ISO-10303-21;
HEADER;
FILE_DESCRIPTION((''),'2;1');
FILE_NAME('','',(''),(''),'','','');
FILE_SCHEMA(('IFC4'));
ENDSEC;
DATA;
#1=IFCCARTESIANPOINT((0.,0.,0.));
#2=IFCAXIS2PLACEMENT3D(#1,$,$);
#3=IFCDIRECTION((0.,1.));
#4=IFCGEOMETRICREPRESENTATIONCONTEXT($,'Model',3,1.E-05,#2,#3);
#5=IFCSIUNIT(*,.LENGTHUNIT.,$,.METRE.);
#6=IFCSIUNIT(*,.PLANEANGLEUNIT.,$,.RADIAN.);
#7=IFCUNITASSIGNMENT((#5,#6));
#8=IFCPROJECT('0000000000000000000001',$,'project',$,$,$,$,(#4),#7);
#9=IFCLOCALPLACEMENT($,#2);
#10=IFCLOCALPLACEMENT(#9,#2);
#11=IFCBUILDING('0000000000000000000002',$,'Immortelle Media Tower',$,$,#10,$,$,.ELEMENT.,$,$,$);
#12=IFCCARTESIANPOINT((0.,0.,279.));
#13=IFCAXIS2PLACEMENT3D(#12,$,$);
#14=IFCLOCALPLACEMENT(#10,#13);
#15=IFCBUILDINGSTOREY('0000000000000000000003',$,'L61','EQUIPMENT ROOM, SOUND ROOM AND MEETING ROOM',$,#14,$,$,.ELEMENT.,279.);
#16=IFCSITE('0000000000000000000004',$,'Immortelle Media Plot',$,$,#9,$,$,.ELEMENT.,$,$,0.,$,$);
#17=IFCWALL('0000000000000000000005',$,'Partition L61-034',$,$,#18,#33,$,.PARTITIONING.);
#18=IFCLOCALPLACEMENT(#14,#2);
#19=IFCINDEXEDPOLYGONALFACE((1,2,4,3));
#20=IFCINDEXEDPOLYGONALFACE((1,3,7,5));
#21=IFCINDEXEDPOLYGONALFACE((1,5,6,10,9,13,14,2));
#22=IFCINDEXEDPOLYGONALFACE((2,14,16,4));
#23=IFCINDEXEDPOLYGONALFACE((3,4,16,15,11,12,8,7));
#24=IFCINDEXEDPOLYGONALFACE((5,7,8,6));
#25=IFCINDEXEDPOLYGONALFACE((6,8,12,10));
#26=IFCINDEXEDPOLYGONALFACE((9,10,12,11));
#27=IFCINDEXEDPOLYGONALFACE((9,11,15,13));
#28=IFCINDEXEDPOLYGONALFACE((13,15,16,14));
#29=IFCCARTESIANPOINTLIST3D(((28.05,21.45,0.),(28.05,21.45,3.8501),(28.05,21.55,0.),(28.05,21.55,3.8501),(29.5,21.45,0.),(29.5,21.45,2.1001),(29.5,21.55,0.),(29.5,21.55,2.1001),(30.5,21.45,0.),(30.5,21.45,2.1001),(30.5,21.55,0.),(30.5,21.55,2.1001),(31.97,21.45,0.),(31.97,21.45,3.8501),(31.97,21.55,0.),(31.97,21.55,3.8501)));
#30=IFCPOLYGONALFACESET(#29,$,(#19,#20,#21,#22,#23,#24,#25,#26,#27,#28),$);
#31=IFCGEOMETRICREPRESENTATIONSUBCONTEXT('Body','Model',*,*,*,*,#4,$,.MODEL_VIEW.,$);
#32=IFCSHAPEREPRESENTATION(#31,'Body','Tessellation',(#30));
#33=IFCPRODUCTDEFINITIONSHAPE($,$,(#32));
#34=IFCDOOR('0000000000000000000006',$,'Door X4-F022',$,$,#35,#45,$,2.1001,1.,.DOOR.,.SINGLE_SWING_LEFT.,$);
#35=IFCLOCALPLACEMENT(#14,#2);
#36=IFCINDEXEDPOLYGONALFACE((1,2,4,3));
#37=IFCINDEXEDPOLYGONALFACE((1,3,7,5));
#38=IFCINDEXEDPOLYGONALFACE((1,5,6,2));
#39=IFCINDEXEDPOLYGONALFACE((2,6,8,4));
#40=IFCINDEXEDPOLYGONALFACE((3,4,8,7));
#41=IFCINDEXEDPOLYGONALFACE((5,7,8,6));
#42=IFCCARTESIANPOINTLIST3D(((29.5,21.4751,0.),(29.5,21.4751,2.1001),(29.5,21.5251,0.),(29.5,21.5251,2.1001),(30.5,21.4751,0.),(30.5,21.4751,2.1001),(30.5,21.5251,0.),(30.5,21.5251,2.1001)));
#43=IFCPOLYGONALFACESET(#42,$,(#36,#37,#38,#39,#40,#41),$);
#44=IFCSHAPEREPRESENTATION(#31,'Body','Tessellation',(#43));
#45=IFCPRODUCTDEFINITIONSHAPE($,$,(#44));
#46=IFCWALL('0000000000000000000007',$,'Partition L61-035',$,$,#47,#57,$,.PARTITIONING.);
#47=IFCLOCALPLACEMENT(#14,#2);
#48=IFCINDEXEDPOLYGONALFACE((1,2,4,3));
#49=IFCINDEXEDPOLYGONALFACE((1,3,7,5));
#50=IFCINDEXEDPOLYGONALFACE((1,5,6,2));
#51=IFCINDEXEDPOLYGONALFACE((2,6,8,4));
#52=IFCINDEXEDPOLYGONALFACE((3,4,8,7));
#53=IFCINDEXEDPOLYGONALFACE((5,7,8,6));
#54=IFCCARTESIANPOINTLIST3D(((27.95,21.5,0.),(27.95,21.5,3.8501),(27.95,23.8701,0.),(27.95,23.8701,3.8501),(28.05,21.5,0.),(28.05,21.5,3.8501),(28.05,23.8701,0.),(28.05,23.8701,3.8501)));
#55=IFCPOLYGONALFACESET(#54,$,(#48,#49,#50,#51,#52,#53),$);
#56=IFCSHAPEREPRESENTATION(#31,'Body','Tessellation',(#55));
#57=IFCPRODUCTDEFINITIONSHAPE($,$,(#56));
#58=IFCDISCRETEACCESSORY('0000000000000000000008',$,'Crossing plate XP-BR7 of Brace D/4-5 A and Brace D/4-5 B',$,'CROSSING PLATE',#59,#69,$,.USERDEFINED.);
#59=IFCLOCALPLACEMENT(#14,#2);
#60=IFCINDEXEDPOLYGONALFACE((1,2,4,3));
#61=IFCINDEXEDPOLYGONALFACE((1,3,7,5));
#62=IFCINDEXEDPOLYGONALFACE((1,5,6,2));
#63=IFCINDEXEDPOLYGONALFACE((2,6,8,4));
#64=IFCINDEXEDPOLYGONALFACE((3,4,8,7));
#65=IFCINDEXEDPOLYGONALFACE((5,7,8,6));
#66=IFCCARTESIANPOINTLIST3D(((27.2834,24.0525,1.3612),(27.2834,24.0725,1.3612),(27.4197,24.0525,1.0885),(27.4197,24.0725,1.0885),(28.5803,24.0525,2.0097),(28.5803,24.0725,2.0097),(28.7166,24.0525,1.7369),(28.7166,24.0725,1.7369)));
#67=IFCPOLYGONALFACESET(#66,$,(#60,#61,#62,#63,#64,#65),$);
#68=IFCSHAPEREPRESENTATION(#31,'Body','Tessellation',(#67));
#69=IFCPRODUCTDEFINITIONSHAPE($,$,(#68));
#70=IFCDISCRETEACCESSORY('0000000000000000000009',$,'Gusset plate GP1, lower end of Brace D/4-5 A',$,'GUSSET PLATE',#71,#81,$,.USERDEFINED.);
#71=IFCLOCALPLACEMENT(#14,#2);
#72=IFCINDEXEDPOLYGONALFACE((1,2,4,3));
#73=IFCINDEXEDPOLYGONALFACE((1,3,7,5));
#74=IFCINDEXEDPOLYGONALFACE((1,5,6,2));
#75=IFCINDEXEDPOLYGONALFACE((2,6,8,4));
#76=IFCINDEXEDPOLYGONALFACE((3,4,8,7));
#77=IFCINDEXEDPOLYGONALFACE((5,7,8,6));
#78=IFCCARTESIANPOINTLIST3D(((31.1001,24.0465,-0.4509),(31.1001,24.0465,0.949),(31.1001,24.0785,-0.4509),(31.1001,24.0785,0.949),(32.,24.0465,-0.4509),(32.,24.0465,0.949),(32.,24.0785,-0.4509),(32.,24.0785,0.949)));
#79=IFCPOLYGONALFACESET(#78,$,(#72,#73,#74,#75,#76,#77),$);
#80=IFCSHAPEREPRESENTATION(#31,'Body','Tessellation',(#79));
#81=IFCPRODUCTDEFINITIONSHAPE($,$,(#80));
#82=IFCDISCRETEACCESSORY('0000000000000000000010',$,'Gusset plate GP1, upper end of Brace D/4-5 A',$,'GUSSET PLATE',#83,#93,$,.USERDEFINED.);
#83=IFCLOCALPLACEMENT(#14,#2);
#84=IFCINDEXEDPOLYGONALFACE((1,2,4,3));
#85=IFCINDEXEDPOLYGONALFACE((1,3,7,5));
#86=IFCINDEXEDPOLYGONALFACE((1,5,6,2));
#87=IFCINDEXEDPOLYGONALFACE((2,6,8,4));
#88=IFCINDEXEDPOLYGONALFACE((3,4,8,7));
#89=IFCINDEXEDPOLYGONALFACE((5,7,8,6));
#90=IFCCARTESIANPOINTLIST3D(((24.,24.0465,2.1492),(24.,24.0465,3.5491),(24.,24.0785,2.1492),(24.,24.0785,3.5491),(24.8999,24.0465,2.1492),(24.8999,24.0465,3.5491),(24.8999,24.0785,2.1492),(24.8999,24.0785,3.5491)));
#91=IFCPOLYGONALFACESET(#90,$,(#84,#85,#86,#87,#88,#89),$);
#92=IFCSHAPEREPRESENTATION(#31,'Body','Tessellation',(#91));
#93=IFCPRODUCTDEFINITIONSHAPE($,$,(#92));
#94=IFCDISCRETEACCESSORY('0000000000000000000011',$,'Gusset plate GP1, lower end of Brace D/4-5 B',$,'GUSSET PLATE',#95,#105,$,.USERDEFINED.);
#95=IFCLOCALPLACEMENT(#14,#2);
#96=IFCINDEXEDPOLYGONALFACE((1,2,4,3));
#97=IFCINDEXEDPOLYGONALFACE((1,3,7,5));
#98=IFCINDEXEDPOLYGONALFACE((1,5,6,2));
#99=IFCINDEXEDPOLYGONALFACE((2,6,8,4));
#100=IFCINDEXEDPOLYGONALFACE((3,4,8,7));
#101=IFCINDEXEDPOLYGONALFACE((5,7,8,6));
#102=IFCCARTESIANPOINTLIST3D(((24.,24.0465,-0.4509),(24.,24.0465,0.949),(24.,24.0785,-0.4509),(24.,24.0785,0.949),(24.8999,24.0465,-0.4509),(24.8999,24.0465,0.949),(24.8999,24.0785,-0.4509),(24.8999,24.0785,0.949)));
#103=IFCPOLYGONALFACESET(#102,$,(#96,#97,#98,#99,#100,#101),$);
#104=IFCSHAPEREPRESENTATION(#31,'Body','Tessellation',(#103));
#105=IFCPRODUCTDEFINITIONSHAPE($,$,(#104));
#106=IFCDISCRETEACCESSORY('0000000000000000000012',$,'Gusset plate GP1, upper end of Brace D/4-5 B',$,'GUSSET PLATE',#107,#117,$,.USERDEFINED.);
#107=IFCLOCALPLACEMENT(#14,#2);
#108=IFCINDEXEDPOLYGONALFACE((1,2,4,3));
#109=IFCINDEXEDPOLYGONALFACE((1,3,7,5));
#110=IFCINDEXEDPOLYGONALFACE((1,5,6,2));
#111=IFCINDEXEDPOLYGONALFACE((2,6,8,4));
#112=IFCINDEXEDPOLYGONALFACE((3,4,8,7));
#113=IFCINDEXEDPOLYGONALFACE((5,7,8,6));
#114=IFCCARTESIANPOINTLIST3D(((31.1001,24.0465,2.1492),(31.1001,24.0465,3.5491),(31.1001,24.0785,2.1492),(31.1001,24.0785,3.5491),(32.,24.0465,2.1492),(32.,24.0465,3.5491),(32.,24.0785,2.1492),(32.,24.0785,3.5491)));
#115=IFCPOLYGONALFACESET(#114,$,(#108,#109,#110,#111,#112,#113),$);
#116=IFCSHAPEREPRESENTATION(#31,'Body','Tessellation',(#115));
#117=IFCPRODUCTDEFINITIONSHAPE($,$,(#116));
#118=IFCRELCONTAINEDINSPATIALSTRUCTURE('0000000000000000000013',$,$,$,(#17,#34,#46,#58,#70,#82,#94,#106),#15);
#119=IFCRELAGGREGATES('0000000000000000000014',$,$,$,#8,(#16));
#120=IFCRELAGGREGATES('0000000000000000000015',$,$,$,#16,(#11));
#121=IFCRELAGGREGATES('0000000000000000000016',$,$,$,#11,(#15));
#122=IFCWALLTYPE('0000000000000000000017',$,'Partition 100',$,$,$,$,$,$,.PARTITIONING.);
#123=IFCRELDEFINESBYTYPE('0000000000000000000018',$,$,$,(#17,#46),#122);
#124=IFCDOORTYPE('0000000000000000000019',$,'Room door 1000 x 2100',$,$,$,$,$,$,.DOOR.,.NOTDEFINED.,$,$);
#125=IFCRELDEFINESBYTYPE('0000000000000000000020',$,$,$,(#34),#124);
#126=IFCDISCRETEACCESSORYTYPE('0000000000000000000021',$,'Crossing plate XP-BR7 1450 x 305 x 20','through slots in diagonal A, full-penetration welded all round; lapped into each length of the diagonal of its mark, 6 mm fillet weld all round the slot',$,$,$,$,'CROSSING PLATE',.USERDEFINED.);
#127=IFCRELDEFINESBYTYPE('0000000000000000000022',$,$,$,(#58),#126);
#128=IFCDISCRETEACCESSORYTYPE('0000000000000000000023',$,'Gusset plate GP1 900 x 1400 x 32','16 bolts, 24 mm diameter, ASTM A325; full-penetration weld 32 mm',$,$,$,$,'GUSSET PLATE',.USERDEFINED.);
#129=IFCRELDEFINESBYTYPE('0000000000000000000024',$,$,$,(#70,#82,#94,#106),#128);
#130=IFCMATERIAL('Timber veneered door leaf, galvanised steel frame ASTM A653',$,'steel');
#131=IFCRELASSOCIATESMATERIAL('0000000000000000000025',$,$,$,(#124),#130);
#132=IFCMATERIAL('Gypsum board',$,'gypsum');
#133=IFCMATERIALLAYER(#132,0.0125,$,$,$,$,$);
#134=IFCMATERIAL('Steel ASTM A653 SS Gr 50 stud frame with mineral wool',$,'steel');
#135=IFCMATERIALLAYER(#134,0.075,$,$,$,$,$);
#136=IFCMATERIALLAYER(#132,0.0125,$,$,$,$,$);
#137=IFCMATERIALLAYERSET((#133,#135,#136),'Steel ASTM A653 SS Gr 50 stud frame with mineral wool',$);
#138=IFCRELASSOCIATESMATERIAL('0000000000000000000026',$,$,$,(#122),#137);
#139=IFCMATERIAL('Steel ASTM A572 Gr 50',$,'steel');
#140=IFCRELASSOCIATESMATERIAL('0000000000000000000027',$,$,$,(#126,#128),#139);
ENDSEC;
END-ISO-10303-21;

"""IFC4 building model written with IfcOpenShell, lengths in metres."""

from ifc_helpers import new_model, si_unit, direction, frame, frame_2d, origin, origin_2d, place, context, subcontext, project, spatial, rectangle, extrude, material, layer, layer_set, material_profile, profile_set, type_object, element, fill, save


model = new_model("IFC4")

# Units and contexts
model_context = context("Model", 3, precision=1e-05, world=origin(), true_north=direction((0.0, 1.0)))
body_context = subcontext(model_context, "Body", "Model", "MODEL_VIEW")
ifc_project = project(units=[si_unit("LENGTHUNIT", "METRE"), si_unit("PLANEANGLEUNIT", "RADIAN")], contexts=[model_context])

# Site, building, storey
site_placement = place(None, origin())
site = spatial("IfcSite", under=ifc_project, at=site_placement, Name="Immortelle Media Plot", CompositionType="ELEMENT", RefElevation=0.0)
building_placement = place(site_placement, origin())
building = spatial("IfcBuilding", under=site, at=building_placement, Name="Immortelle Media Tower", CompositionType="ELEMENT")
storey_placement = place(building_placement, frame((0.0, 0.0, 279.0)))
storey = spatial("IfcBuildingStorey", under=building, at=storey_placement, Name="L61", Description="EQUIPMENT ROOM, SOUND ROOM AND MEETING ROOM", CompositionType="ELEMENT", Elevation=279.0)

# Shared definitions
ifc_material_1 = material(Name="Steel ASTM A653 SS Gr 50 stud frame with mineral wool", Category="steel")

# Shared definitions
ifc_material_2 = material(Name="Timber veneered door leaf, galvanised steel frame ASTM A653", Category="steel")
door_type = type_object("IfcDoorType", Name="Room door 1000 x 2100", OperationType="NOTDEFINED", PredefinedType="DOOR", material=ifc_material_2)

# Shared definitions
ifc_material_3 = material(Name="Gypsum board", Category="gypsum")
ifc_layer_1 = layer(ifc_material_3, 0.0125)
ifc_layer_2 = layer(ifc_material_1, 0.075)
ifc_layer_3 = layer(ifc_material_3, 0.0125)
ifc_layer_set_1 = layer_set([ifc_layer_1, ifc_layer_2, ifc_layer_3], Name="Steel ASTM A653 SS Gr 50 stud frame with mineral wool")
wall_type_1 = type_object("IfcWallType", Name="Partition 100", PredefinedType="PARTITIONING", material=ifc_layer_set_1)

# Wall, opening, door
wall_1_placement = place(storey_placement, frame((28.05, 21.5, 0.0), z_axis=(0.0, 0.0, 1.0), x_axis=(1.0, 0.0, 0.0)))
wall_1 = element("IfcWall", 1, at=wall_1_placement, inside=storey, type_object=wall_type_1, Name="Partition L61-034", PredefinedType="PARTITIONING", context=body_context, shape_type="SweptSolid", body=[
    extrude(rectangle(XDim=3.9199, YDim=0.1001, at=frame_2d((1.96, 0.0))), origin(), (0.0, 0.0, 1.0), 3.8501),
])
opening_1_placement = place(wall_1_placement, frame((2.45, 0.0, 0.0), z_axis=(0.0, 0.0, 1.0), x_axis=(-1.0, 0.0, 0.0)))
opening_1 = element("IfcOpeningElement", 2, at=opening_1_placement, cuts=wall_1, PredefinedType="OPENING", context=body_context, shape_type="SweptSolid", body=[
    extrude(rectangle(XDim=1.0, YDim=2.1001, at=frame_2d((0.5, 1.05))), frame((0.0, 0.0601, 0.0), z_axis=(0.0, -1.0, 0.0), x_axis=(1.0, 0.0, 0.0)), (0.0, 0.0, 1.0), 0.1201),
])
door_1_placement = place(opening_1_placement, origin())
door_1 = element("IfcDoor", 3, at=door_1_placement, inside=storey, type_object=door_type, Name="Door X4-F022", OperationType="SINGLE_SWING_LEFT", OverallHeight=2.1001, OverallWidth=1.0, PredefinedType="DOOR", context=body_context, shape_type="SweptSolid", body=[
    extrude(rectangle(XDim=1.0, YDim=2.1001, at=frame_2d((0.5, 1.05))), frame((0.0, 0.0249, 0.0), z_axis=(0.0, -1.0, 0.0), x_axis=(1.0, 0.0, 0.0)), (0.0, 0.0, 1.0), 0.05),
])
fill(opening_1, door_1)

# Wall
wall_2_placement = place(storey_placement, frame((28.0, 21.5, 0.0), z_axis=(0.0, 0.0, 1.0), x_axis=(0.0, 1.0, 0.0)))
element("IfcWall", 4, at=wall_2_placement, inside=storey, type_object=wall_type_1, Name="Partition L61-035", PredefinedType="PARTITIONING", context=body_context, shape_type="SweptSolid", body=[
    extrude(rectangle(XDim=2.3701, YDim=0.1001, at=frame_2d((1.1851, 0.0))), origin(), (0.0, 0.0, 1.0), 3.8501),
])

# Discrete accessories
ifc_material_4 = material(Name="Steel ASTM A572 Gr 50", Category="steel")
ifc_material_profile_1 = material_profile(ifc_material_4, rectangle(XDim=0.02, YDim=0.3049, at=origin_2d()), Name="PL 20 x 305")
ifc_profile_set_1 = profile_set([ifc_material_profile_1], Name="Steel ASTM A572 Gr 50")
discrete_accessory_type_1 = type_object("IfcDiscreteAccessoryType", Name="Crossing plate XP-BR7 1450 x 305 x 20", Description="through slots in diagonal A, full-penetration welded all round; lapped into each length of the diagonal of its mark, 6 mm fillet weld all round the slot", ElementType="CROSSING PLATE", PredefinedType="USERDEFINED", material=ifc_profile_set_1)
discrete_accessory_placement = place(storey_placement, frame((28.6484, 24.0625, 1.8733), z_axis=(-0.894427, 0.0, -0.447214), x_axis=(0.0, -1.0, 0.0)))
element("IfcDiscreteAccessory", 5, at=discrete_accessory_placement, inside=storey, type_object=discrete_accessory_type_1, Name="Crossing plate XP-BR7 of Brace D/4-5 A and Brace D/4-5 B", ObjectType="CROSSING PLATE", PredefinedType="USERDEFINED", context=body_context, shape_type="SweptSolid", body=[
    extrude(rectangle(XDim=0.02, YDim=0.3049, at=origin_2d()), origin(), (0.0, 0.0, 1.0), 1.45),
])
ifc_material_profile_2 = material_profile(ifc_material_4, rectangle(XDim=0.032, YDim=1.3999, at=origin_2d()), Name="PL 32 x 1400")
ifc_profile_set_2 = profile_set([ifc_material_profile_2], Name="Steel ASTM A572 Gr 50")
discrete_accessory_type_2 = type_object("IfcDiscreteAccessoryType", Name="Gusset plate GP1 900 x 1400 x 32", Description="16 bolts, 24 mm diameter, ASTM A325; full-penetration weld 32 mm", ElementType="GUSSET PLATE", PredefinedType="USERDEFINED", material=ifc_profile_set_2)
for number, where, z_axis, x_axis, name in (
    (6, (32.0, 24.0625, 0.249), (-1.0, 0.0, 0.0), (0.0, -1.0, 0.0), "Gusset plate GP1, lower end of Brace D/4-5 A"),
    (7, (24.0, 24.0625, 2.8491), (1.0, 0.0, 0.0), (0.0, 1.0, 0.0), "Gusset plate GP1, upper end of Brace D/4-5 A"),
    (8, (24.0, 24.0625, 0.249), (1.0, 0.0, 0.0), (0.0, 1.0, 0.0), "Gusset plate GP1, lower end of Brace D/4-5 B"),
    (9, (32.0, 24.0625, 2.8491), (-1.0, 0.0, 0.0), (0.0, -1.0, 0.0), "Gusset plate GP1, upper end of Brace D/4-5 B"),
):
    element("IfcDiscreteAccessory", number, at=place(storey_placement, frame(where, z_axis=z_axis, x_axis=x_axis)), inside=storey, type_object=discrete_accessory_type_2, Name=name, ObjectType="GUSSET PLATE", PredefinedType="USERDEFINED", context=body_context, shape_type="SweptSolid", body=[
        extrude(rectangle(XDim=0.032, YDim=1.3999, at=origin_2d()), origin(), (0.0, 0.0, 1.0), 0.8999),
    ])

save(model, "model.ifc")
